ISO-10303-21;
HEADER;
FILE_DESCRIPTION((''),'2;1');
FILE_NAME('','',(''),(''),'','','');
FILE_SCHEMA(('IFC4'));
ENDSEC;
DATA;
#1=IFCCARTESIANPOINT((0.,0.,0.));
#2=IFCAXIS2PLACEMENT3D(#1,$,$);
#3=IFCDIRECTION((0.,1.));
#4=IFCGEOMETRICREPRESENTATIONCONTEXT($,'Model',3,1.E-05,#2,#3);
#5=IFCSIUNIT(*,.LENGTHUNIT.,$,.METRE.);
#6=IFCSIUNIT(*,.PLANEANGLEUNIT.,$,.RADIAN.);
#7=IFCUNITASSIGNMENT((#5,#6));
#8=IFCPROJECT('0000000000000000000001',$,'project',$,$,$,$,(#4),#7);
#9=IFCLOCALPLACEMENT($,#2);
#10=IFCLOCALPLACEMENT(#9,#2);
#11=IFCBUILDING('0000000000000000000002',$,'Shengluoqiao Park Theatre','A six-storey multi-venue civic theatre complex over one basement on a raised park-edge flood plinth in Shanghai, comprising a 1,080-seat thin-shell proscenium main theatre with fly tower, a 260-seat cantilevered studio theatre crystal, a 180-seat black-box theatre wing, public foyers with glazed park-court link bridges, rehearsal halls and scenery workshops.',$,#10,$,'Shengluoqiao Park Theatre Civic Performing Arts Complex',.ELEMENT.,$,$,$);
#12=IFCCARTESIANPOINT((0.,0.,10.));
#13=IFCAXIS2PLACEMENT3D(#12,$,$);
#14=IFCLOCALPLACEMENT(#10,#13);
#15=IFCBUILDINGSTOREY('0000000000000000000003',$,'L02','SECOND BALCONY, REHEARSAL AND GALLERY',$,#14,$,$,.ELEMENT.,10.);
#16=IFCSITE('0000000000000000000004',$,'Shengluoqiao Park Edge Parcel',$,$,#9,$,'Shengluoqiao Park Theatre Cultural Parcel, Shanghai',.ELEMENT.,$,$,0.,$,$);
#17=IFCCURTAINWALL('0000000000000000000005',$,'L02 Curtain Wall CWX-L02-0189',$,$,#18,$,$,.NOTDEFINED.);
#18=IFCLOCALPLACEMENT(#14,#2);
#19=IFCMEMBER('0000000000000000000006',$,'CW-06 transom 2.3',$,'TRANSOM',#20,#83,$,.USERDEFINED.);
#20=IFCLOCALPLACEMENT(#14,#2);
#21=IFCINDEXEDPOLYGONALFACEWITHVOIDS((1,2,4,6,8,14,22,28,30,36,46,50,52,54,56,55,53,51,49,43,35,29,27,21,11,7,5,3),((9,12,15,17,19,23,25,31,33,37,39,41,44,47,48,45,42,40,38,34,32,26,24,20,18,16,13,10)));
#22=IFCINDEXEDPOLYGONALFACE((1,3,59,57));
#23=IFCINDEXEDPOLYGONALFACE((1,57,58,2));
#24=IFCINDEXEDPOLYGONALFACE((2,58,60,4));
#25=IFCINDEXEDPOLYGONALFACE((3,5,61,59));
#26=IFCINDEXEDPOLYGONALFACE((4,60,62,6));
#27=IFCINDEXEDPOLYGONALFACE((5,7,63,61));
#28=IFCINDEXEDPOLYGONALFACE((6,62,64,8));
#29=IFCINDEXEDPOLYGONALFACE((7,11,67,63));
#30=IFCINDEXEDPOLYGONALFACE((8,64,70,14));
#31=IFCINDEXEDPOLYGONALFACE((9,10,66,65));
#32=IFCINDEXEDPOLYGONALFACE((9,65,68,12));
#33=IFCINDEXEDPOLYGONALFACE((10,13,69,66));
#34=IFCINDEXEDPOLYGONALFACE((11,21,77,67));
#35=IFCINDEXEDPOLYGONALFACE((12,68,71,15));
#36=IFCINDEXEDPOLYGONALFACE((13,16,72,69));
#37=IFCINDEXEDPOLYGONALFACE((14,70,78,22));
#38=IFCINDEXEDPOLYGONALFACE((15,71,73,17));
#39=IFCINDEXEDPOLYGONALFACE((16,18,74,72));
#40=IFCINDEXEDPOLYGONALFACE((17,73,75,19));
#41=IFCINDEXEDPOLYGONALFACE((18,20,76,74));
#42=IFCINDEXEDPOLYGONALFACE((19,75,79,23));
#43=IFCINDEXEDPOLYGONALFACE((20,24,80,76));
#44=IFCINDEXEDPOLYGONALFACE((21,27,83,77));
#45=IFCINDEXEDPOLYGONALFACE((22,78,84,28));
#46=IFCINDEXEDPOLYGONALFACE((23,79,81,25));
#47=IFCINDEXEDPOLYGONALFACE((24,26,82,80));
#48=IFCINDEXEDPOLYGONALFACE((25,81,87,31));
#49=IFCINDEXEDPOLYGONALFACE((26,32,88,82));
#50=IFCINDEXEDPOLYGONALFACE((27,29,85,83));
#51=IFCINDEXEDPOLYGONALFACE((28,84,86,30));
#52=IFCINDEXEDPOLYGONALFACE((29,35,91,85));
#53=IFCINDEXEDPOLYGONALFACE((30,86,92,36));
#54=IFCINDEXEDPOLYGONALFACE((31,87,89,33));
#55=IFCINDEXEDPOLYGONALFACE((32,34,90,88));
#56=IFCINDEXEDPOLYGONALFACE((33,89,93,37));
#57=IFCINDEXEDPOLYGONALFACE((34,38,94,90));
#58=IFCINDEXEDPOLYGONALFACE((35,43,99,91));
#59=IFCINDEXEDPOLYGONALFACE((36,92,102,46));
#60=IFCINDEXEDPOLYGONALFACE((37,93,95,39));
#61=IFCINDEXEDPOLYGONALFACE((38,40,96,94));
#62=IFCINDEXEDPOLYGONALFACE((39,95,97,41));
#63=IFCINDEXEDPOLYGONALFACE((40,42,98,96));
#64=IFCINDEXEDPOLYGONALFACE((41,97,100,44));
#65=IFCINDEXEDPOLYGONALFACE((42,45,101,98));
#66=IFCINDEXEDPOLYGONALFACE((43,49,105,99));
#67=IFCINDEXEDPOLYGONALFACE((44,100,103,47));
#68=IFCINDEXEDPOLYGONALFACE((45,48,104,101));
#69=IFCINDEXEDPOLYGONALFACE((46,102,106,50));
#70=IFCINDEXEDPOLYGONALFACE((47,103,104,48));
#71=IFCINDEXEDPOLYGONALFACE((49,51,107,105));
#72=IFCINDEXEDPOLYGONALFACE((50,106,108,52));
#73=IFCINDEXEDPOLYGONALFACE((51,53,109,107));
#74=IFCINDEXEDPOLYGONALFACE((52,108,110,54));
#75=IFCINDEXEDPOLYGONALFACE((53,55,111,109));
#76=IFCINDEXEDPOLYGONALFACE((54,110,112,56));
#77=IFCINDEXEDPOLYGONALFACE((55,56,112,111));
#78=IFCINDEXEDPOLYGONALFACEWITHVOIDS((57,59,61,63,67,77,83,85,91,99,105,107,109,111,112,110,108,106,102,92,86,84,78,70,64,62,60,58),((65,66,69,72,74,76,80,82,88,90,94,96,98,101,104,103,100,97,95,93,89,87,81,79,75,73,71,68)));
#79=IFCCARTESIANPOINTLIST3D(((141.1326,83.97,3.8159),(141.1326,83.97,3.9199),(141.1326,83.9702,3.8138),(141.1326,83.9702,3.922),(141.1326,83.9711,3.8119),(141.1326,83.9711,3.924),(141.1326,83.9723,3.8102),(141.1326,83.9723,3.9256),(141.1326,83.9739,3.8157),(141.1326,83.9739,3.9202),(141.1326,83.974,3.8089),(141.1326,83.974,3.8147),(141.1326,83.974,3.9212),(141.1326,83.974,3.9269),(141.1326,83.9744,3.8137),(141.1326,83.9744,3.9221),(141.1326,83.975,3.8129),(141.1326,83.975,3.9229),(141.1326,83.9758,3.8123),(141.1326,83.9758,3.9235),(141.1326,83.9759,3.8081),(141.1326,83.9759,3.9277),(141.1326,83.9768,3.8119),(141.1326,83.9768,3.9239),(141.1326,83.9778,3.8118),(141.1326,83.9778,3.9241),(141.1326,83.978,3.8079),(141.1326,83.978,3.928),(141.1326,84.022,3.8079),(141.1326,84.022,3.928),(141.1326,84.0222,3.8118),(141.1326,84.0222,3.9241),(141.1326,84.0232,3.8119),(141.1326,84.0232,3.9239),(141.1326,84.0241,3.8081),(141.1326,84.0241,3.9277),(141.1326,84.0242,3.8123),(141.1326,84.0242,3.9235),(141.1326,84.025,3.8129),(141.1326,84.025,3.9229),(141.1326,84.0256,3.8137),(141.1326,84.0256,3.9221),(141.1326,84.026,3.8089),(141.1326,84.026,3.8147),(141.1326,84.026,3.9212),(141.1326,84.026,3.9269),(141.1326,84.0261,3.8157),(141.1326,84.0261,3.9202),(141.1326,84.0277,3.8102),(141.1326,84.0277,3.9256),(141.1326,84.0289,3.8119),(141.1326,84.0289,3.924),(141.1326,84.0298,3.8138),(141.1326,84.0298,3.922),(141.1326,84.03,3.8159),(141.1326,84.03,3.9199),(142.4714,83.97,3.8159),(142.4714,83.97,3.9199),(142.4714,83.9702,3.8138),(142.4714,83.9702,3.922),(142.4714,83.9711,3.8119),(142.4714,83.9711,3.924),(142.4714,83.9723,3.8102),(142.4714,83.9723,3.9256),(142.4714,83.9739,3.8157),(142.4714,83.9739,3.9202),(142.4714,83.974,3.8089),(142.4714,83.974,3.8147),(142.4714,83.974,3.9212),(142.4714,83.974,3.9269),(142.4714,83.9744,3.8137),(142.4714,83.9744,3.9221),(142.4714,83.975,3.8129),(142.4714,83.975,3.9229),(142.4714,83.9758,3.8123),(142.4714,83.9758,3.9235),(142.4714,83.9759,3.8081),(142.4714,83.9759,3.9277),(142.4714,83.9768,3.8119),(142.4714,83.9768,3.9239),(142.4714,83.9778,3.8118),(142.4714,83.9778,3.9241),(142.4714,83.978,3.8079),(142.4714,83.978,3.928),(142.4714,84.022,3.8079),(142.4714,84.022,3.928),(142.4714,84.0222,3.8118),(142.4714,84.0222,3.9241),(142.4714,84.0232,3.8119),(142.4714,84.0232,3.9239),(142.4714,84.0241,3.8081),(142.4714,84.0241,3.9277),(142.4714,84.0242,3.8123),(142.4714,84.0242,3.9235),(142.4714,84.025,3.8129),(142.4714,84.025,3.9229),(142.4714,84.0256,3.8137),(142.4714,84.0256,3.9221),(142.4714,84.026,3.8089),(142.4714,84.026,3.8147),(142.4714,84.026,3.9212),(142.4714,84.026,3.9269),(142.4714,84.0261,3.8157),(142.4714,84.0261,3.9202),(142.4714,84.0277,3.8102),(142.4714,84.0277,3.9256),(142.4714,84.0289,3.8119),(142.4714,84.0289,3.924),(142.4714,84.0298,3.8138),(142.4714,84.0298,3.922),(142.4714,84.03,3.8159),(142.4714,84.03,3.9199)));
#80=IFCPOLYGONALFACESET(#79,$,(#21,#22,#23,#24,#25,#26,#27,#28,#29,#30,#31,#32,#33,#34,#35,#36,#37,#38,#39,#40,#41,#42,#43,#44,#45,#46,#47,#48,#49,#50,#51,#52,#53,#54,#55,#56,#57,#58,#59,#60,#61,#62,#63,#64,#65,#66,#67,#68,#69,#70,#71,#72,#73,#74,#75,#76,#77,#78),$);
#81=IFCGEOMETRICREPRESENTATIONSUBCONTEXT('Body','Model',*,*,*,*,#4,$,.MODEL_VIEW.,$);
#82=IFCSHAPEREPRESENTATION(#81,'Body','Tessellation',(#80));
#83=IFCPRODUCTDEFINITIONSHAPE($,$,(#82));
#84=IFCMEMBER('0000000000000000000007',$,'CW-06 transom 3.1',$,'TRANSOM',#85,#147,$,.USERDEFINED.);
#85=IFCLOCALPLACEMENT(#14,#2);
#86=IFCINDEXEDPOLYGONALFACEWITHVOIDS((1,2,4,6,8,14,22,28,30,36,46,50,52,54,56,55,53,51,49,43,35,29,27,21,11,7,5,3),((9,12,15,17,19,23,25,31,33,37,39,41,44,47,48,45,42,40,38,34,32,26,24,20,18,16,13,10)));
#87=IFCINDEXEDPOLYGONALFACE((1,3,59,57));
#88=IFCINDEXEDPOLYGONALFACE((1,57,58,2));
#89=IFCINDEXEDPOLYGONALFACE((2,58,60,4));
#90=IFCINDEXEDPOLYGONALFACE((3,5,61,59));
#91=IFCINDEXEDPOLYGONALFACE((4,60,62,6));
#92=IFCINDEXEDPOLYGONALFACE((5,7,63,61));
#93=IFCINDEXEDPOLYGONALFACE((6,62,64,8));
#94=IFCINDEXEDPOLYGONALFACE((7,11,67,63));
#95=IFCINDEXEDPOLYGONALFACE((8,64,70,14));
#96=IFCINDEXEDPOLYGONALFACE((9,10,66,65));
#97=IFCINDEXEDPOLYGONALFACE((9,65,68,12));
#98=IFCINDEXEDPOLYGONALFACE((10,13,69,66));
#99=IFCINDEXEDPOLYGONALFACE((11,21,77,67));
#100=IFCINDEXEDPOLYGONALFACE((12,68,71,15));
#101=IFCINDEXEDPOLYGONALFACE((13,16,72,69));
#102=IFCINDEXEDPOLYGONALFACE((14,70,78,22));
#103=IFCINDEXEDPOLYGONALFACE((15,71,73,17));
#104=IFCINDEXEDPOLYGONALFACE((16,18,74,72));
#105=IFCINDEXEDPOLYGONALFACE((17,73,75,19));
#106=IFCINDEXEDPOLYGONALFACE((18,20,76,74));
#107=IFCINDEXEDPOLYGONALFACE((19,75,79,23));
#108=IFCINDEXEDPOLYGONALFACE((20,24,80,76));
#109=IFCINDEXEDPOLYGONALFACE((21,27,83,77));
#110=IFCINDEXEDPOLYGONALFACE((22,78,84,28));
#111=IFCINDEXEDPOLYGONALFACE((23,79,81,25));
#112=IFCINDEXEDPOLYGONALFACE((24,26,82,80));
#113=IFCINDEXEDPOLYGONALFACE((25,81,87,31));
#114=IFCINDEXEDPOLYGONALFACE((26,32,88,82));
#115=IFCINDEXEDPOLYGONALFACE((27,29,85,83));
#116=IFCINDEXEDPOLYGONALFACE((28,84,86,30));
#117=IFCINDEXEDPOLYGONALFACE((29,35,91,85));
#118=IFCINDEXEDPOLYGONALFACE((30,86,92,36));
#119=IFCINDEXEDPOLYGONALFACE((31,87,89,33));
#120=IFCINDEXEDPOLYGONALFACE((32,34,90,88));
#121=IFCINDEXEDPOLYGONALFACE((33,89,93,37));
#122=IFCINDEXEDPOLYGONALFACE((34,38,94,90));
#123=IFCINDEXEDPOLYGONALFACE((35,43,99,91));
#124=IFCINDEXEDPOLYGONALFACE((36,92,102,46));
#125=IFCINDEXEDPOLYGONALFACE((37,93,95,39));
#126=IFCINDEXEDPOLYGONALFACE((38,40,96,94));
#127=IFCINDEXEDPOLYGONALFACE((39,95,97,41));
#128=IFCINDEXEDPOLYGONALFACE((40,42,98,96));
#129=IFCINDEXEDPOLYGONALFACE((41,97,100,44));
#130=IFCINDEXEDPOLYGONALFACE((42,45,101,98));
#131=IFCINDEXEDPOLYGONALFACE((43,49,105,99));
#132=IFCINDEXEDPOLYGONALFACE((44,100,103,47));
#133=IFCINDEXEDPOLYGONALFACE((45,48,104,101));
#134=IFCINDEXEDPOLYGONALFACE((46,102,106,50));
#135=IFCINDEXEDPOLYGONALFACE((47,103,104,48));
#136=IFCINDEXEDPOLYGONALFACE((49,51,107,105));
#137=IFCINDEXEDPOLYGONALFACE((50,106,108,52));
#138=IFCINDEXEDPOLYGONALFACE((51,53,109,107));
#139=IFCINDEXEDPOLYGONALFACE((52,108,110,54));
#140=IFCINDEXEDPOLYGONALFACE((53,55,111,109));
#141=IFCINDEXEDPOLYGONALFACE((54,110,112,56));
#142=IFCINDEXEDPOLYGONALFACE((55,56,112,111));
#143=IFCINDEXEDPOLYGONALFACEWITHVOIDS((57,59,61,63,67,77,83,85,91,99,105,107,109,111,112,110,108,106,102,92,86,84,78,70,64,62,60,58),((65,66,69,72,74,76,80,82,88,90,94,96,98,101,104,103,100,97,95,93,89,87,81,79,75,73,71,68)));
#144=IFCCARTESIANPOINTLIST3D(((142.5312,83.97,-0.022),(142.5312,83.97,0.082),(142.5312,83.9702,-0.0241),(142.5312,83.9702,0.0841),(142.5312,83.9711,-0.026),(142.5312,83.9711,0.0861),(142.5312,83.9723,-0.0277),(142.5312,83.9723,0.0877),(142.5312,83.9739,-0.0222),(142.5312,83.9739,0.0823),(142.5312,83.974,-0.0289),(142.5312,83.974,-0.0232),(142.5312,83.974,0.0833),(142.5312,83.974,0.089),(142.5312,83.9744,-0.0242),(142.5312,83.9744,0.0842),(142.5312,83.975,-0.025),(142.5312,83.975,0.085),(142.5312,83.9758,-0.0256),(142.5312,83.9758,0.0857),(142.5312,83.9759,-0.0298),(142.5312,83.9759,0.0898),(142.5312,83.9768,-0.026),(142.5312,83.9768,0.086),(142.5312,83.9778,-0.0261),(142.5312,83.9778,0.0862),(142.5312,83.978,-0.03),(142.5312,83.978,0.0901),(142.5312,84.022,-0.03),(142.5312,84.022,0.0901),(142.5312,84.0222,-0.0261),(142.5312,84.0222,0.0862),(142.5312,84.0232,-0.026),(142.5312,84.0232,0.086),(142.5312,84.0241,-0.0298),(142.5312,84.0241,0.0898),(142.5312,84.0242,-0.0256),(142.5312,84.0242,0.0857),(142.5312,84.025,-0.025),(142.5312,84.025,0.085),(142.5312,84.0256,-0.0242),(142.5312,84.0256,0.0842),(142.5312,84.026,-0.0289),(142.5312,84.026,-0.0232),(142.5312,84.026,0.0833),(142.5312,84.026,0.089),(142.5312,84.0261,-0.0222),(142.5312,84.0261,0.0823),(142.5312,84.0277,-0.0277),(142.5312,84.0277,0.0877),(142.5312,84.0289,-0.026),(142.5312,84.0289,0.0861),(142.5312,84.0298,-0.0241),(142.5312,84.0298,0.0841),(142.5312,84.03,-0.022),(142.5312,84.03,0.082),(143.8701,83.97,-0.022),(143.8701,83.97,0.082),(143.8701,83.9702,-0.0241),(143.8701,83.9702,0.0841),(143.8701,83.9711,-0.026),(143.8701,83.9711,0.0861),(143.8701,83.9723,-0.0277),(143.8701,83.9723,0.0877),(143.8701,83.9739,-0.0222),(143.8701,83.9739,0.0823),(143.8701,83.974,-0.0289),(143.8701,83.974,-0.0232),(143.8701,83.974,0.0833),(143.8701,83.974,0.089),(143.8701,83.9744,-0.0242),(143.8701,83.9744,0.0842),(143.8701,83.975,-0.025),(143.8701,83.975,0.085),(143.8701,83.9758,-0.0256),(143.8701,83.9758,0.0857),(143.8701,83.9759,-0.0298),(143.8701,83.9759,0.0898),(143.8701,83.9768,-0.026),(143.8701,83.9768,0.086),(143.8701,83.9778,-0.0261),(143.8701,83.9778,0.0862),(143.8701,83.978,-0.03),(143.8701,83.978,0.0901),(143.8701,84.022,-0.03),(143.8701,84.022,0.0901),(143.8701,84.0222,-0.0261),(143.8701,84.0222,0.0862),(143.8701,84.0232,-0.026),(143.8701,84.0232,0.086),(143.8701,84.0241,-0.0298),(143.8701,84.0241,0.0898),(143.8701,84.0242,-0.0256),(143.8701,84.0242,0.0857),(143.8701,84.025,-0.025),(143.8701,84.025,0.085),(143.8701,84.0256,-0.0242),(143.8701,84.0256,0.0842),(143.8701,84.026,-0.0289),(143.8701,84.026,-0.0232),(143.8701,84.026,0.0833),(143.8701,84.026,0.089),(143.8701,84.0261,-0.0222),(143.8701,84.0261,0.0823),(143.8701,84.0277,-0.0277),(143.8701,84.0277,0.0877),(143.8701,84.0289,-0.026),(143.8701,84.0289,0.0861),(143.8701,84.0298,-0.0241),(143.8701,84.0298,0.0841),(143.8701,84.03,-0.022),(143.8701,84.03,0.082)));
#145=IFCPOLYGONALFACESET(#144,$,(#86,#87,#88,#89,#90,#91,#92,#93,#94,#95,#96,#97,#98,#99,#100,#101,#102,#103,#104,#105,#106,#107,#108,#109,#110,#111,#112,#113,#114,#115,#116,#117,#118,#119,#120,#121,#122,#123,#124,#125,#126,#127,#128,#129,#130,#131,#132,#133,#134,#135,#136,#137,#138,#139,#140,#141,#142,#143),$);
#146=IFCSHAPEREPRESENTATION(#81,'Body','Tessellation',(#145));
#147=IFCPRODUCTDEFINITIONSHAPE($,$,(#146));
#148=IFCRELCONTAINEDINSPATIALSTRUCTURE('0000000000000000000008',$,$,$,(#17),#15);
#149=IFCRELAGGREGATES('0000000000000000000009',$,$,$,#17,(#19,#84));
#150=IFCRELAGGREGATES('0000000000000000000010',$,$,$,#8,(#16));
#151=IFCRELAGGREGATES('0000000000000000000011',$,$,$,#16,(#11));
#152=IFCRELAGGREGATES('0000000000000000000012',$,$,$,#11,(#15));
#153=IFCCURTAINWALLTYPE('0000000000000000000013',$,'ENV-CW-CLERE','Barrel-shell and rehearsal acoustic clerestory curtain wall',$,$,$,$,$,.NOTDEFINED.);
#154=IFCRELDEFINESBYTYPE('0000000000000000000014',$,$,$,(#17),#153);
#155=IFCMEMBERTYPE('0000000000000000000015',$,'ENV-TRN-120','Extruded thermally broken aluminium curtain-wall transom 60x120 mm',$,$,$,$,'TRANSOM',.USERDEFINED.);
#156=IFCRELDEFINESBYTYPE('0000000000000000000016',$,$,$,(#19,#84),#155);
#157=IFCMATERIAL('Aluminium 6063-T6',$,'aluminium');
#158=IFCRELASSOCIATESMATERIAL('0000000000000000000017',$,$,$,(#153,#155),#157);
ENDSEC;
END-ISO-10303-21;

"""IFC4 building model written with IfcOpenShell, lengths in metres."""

from ifc_helpers import new_model, si_unit, direction, frame, origin, origin_2d, place, context, subcontext, project, spatial, hollow_rectangle, extrude, material, material_profile, profile_set, type_object, element, aggregate, save


model = new_model("IFC4")

# Units and contexts
model_context = context("Model", 3, precision=1e-05, world=origin(), true_north=direction((0.0, 1.0)))
body_context = subcontext(model_context, "Body", "Model", "MODEL_VIEW")
ifc_project = project(units=[si_unit("LENGTHUNIT", "METRE"), si_unit("PLANEANGLEUNIT", "RADIAN")], contexts=[model_context])

# Site, building, storey
site_placement = place(None, origin())
site = spatial("IfcSite", under=ifc_project, at=site_placement, Name="Shengluoqiao Park Edge Parcel", LongName="Shengluoqiao Park Theatre Cultural Parcel, Shanghai", CompositionType="ELEMENT", RefElevation=0.0)
building_placement = place(site_placement, origin())
building = spatial("IfcBuilding", under=site, at=building_placement, Name="Shengluoqiao Park Theatre", Description="A six-storey multi-venue civic theatre complex over one basement on a raised park-edge flood plinth in Shanghai, comprising a 1,080-seat thin-shell proscenium main theatre with fly tower, a 260-seat cantilevered studio theatre crystal, a 180-seat black-box theatre wing, public foyers with glazed park-court link bridges, rehearsal halls and scenery workshops.", LongName="Shengluoqiao Park Theatre Civic Performing Arts Complex", CompositionType="ELEMENT")
storey_placement = place(building_placement, frame((0.0, 0.0, 10.0)))
storey = spatial("IfcBuildingStorey", under=building, at=storey_placement, Name="L02", Description="SECOND BALCONY, REHEARSAL AND GALLERY", CompositionType="ELEMENT", Elevation=10.0)

# Curtain wall, members
ifc_material_1 = material(Name="Aluminium 6063-T6", Category="aluminium")
curtain_wall_type = type_object("IfcCurtainWallType", Name="ENV-CW-CLERE", Description="Barrel-shell and rehearsal acoustic clerestory curtain wall", PredefinedType="NOTDEFINED", material=ifc_material_1)
curtain_wall_placement = place(storey_placement, origin())
curtain_wall = element("IfcCurtainWall", 1, at=curtain_wall_placement, inside=storey, type_object=curtain_wall_type, Name="L02 Curtain Wall CWX-L02-0189", PredefinedType="NOTDEFINED")
ifc_material_profile_1 = material_profile(ifc_material_1, hollow_rectangle(XDim=0.0601, YDim=0.1201, WallThickness=0.0039, InnerFilletRadius=0.0039, OuterFilletRadius=0.0081, at=origin_2d()), Name="ALU TRANSOM 120x60x4")
ifc_profile_set_1 = profile_set([ifc_material_profile_1], Name="Aluminium 6063-T6")
member_type_1 = type_object("IfcMemberType", Name="ENV-TRN-120", Description="Extruded thermally broken aluminium curtain-wall transom 60x120 mm", ElementType="TRANSOM", PredefinedType="USERDEFINED", material=ifc_profile_set_1)
member_1_placement = place(storey_placement, frame((141.1326, 84.0, 3.8679), z_axis=(1.0, 0.0, 0.0), x_axis=(0.0, 1.0, 0.0)))
member_1 = element("IfcMember", 2, at=member_1_placement, type_object=member_type_1, Name="CW-06 transom 2.3", ObjectType="TRANSOM", PredefinedType="USERDEFINED", context=body_context, shape_type="SweptSolid", body=[
    extrude(hollow_rectangle(XDim=0.0601, YDim=0.1201, WallThickness=0.0039, InnerFilletRadius=0.0039, OuterFilletRadius=0.0081, at=origin_2d()), origin(), (0.0, 0.0, 1.0), 1.3389),
])
member_2_placement = place(storey_placement, frame((142.5312, 84.0, 0.03), z_axis=(1.0, 0.0, 0.0), x_axis=(0.0, 1.0, 0.0)))
member_2 = element("IfcMember", 3, at=member_2_placement, type_object=member_type_1, Name="CW-06 transom 3.1", ObjectType="TRANSOM", PredefinedType="USERDEFINED", context=body_context, shape_type="SweptSolid", body=[
    extrude(hollow_rectangle(XDim=0.0601, YDim=0.1201, WallThickness=0.0039, InnerFilletRadius=0.0039, OuterFilletRadius=0.0081, at=origin_2d()), origin(), (0.0, 0.0, 1.0), 1.3389),
])
aggregate(curtain_wall, [member_1, member_2])

save(model, "model.ifc")
